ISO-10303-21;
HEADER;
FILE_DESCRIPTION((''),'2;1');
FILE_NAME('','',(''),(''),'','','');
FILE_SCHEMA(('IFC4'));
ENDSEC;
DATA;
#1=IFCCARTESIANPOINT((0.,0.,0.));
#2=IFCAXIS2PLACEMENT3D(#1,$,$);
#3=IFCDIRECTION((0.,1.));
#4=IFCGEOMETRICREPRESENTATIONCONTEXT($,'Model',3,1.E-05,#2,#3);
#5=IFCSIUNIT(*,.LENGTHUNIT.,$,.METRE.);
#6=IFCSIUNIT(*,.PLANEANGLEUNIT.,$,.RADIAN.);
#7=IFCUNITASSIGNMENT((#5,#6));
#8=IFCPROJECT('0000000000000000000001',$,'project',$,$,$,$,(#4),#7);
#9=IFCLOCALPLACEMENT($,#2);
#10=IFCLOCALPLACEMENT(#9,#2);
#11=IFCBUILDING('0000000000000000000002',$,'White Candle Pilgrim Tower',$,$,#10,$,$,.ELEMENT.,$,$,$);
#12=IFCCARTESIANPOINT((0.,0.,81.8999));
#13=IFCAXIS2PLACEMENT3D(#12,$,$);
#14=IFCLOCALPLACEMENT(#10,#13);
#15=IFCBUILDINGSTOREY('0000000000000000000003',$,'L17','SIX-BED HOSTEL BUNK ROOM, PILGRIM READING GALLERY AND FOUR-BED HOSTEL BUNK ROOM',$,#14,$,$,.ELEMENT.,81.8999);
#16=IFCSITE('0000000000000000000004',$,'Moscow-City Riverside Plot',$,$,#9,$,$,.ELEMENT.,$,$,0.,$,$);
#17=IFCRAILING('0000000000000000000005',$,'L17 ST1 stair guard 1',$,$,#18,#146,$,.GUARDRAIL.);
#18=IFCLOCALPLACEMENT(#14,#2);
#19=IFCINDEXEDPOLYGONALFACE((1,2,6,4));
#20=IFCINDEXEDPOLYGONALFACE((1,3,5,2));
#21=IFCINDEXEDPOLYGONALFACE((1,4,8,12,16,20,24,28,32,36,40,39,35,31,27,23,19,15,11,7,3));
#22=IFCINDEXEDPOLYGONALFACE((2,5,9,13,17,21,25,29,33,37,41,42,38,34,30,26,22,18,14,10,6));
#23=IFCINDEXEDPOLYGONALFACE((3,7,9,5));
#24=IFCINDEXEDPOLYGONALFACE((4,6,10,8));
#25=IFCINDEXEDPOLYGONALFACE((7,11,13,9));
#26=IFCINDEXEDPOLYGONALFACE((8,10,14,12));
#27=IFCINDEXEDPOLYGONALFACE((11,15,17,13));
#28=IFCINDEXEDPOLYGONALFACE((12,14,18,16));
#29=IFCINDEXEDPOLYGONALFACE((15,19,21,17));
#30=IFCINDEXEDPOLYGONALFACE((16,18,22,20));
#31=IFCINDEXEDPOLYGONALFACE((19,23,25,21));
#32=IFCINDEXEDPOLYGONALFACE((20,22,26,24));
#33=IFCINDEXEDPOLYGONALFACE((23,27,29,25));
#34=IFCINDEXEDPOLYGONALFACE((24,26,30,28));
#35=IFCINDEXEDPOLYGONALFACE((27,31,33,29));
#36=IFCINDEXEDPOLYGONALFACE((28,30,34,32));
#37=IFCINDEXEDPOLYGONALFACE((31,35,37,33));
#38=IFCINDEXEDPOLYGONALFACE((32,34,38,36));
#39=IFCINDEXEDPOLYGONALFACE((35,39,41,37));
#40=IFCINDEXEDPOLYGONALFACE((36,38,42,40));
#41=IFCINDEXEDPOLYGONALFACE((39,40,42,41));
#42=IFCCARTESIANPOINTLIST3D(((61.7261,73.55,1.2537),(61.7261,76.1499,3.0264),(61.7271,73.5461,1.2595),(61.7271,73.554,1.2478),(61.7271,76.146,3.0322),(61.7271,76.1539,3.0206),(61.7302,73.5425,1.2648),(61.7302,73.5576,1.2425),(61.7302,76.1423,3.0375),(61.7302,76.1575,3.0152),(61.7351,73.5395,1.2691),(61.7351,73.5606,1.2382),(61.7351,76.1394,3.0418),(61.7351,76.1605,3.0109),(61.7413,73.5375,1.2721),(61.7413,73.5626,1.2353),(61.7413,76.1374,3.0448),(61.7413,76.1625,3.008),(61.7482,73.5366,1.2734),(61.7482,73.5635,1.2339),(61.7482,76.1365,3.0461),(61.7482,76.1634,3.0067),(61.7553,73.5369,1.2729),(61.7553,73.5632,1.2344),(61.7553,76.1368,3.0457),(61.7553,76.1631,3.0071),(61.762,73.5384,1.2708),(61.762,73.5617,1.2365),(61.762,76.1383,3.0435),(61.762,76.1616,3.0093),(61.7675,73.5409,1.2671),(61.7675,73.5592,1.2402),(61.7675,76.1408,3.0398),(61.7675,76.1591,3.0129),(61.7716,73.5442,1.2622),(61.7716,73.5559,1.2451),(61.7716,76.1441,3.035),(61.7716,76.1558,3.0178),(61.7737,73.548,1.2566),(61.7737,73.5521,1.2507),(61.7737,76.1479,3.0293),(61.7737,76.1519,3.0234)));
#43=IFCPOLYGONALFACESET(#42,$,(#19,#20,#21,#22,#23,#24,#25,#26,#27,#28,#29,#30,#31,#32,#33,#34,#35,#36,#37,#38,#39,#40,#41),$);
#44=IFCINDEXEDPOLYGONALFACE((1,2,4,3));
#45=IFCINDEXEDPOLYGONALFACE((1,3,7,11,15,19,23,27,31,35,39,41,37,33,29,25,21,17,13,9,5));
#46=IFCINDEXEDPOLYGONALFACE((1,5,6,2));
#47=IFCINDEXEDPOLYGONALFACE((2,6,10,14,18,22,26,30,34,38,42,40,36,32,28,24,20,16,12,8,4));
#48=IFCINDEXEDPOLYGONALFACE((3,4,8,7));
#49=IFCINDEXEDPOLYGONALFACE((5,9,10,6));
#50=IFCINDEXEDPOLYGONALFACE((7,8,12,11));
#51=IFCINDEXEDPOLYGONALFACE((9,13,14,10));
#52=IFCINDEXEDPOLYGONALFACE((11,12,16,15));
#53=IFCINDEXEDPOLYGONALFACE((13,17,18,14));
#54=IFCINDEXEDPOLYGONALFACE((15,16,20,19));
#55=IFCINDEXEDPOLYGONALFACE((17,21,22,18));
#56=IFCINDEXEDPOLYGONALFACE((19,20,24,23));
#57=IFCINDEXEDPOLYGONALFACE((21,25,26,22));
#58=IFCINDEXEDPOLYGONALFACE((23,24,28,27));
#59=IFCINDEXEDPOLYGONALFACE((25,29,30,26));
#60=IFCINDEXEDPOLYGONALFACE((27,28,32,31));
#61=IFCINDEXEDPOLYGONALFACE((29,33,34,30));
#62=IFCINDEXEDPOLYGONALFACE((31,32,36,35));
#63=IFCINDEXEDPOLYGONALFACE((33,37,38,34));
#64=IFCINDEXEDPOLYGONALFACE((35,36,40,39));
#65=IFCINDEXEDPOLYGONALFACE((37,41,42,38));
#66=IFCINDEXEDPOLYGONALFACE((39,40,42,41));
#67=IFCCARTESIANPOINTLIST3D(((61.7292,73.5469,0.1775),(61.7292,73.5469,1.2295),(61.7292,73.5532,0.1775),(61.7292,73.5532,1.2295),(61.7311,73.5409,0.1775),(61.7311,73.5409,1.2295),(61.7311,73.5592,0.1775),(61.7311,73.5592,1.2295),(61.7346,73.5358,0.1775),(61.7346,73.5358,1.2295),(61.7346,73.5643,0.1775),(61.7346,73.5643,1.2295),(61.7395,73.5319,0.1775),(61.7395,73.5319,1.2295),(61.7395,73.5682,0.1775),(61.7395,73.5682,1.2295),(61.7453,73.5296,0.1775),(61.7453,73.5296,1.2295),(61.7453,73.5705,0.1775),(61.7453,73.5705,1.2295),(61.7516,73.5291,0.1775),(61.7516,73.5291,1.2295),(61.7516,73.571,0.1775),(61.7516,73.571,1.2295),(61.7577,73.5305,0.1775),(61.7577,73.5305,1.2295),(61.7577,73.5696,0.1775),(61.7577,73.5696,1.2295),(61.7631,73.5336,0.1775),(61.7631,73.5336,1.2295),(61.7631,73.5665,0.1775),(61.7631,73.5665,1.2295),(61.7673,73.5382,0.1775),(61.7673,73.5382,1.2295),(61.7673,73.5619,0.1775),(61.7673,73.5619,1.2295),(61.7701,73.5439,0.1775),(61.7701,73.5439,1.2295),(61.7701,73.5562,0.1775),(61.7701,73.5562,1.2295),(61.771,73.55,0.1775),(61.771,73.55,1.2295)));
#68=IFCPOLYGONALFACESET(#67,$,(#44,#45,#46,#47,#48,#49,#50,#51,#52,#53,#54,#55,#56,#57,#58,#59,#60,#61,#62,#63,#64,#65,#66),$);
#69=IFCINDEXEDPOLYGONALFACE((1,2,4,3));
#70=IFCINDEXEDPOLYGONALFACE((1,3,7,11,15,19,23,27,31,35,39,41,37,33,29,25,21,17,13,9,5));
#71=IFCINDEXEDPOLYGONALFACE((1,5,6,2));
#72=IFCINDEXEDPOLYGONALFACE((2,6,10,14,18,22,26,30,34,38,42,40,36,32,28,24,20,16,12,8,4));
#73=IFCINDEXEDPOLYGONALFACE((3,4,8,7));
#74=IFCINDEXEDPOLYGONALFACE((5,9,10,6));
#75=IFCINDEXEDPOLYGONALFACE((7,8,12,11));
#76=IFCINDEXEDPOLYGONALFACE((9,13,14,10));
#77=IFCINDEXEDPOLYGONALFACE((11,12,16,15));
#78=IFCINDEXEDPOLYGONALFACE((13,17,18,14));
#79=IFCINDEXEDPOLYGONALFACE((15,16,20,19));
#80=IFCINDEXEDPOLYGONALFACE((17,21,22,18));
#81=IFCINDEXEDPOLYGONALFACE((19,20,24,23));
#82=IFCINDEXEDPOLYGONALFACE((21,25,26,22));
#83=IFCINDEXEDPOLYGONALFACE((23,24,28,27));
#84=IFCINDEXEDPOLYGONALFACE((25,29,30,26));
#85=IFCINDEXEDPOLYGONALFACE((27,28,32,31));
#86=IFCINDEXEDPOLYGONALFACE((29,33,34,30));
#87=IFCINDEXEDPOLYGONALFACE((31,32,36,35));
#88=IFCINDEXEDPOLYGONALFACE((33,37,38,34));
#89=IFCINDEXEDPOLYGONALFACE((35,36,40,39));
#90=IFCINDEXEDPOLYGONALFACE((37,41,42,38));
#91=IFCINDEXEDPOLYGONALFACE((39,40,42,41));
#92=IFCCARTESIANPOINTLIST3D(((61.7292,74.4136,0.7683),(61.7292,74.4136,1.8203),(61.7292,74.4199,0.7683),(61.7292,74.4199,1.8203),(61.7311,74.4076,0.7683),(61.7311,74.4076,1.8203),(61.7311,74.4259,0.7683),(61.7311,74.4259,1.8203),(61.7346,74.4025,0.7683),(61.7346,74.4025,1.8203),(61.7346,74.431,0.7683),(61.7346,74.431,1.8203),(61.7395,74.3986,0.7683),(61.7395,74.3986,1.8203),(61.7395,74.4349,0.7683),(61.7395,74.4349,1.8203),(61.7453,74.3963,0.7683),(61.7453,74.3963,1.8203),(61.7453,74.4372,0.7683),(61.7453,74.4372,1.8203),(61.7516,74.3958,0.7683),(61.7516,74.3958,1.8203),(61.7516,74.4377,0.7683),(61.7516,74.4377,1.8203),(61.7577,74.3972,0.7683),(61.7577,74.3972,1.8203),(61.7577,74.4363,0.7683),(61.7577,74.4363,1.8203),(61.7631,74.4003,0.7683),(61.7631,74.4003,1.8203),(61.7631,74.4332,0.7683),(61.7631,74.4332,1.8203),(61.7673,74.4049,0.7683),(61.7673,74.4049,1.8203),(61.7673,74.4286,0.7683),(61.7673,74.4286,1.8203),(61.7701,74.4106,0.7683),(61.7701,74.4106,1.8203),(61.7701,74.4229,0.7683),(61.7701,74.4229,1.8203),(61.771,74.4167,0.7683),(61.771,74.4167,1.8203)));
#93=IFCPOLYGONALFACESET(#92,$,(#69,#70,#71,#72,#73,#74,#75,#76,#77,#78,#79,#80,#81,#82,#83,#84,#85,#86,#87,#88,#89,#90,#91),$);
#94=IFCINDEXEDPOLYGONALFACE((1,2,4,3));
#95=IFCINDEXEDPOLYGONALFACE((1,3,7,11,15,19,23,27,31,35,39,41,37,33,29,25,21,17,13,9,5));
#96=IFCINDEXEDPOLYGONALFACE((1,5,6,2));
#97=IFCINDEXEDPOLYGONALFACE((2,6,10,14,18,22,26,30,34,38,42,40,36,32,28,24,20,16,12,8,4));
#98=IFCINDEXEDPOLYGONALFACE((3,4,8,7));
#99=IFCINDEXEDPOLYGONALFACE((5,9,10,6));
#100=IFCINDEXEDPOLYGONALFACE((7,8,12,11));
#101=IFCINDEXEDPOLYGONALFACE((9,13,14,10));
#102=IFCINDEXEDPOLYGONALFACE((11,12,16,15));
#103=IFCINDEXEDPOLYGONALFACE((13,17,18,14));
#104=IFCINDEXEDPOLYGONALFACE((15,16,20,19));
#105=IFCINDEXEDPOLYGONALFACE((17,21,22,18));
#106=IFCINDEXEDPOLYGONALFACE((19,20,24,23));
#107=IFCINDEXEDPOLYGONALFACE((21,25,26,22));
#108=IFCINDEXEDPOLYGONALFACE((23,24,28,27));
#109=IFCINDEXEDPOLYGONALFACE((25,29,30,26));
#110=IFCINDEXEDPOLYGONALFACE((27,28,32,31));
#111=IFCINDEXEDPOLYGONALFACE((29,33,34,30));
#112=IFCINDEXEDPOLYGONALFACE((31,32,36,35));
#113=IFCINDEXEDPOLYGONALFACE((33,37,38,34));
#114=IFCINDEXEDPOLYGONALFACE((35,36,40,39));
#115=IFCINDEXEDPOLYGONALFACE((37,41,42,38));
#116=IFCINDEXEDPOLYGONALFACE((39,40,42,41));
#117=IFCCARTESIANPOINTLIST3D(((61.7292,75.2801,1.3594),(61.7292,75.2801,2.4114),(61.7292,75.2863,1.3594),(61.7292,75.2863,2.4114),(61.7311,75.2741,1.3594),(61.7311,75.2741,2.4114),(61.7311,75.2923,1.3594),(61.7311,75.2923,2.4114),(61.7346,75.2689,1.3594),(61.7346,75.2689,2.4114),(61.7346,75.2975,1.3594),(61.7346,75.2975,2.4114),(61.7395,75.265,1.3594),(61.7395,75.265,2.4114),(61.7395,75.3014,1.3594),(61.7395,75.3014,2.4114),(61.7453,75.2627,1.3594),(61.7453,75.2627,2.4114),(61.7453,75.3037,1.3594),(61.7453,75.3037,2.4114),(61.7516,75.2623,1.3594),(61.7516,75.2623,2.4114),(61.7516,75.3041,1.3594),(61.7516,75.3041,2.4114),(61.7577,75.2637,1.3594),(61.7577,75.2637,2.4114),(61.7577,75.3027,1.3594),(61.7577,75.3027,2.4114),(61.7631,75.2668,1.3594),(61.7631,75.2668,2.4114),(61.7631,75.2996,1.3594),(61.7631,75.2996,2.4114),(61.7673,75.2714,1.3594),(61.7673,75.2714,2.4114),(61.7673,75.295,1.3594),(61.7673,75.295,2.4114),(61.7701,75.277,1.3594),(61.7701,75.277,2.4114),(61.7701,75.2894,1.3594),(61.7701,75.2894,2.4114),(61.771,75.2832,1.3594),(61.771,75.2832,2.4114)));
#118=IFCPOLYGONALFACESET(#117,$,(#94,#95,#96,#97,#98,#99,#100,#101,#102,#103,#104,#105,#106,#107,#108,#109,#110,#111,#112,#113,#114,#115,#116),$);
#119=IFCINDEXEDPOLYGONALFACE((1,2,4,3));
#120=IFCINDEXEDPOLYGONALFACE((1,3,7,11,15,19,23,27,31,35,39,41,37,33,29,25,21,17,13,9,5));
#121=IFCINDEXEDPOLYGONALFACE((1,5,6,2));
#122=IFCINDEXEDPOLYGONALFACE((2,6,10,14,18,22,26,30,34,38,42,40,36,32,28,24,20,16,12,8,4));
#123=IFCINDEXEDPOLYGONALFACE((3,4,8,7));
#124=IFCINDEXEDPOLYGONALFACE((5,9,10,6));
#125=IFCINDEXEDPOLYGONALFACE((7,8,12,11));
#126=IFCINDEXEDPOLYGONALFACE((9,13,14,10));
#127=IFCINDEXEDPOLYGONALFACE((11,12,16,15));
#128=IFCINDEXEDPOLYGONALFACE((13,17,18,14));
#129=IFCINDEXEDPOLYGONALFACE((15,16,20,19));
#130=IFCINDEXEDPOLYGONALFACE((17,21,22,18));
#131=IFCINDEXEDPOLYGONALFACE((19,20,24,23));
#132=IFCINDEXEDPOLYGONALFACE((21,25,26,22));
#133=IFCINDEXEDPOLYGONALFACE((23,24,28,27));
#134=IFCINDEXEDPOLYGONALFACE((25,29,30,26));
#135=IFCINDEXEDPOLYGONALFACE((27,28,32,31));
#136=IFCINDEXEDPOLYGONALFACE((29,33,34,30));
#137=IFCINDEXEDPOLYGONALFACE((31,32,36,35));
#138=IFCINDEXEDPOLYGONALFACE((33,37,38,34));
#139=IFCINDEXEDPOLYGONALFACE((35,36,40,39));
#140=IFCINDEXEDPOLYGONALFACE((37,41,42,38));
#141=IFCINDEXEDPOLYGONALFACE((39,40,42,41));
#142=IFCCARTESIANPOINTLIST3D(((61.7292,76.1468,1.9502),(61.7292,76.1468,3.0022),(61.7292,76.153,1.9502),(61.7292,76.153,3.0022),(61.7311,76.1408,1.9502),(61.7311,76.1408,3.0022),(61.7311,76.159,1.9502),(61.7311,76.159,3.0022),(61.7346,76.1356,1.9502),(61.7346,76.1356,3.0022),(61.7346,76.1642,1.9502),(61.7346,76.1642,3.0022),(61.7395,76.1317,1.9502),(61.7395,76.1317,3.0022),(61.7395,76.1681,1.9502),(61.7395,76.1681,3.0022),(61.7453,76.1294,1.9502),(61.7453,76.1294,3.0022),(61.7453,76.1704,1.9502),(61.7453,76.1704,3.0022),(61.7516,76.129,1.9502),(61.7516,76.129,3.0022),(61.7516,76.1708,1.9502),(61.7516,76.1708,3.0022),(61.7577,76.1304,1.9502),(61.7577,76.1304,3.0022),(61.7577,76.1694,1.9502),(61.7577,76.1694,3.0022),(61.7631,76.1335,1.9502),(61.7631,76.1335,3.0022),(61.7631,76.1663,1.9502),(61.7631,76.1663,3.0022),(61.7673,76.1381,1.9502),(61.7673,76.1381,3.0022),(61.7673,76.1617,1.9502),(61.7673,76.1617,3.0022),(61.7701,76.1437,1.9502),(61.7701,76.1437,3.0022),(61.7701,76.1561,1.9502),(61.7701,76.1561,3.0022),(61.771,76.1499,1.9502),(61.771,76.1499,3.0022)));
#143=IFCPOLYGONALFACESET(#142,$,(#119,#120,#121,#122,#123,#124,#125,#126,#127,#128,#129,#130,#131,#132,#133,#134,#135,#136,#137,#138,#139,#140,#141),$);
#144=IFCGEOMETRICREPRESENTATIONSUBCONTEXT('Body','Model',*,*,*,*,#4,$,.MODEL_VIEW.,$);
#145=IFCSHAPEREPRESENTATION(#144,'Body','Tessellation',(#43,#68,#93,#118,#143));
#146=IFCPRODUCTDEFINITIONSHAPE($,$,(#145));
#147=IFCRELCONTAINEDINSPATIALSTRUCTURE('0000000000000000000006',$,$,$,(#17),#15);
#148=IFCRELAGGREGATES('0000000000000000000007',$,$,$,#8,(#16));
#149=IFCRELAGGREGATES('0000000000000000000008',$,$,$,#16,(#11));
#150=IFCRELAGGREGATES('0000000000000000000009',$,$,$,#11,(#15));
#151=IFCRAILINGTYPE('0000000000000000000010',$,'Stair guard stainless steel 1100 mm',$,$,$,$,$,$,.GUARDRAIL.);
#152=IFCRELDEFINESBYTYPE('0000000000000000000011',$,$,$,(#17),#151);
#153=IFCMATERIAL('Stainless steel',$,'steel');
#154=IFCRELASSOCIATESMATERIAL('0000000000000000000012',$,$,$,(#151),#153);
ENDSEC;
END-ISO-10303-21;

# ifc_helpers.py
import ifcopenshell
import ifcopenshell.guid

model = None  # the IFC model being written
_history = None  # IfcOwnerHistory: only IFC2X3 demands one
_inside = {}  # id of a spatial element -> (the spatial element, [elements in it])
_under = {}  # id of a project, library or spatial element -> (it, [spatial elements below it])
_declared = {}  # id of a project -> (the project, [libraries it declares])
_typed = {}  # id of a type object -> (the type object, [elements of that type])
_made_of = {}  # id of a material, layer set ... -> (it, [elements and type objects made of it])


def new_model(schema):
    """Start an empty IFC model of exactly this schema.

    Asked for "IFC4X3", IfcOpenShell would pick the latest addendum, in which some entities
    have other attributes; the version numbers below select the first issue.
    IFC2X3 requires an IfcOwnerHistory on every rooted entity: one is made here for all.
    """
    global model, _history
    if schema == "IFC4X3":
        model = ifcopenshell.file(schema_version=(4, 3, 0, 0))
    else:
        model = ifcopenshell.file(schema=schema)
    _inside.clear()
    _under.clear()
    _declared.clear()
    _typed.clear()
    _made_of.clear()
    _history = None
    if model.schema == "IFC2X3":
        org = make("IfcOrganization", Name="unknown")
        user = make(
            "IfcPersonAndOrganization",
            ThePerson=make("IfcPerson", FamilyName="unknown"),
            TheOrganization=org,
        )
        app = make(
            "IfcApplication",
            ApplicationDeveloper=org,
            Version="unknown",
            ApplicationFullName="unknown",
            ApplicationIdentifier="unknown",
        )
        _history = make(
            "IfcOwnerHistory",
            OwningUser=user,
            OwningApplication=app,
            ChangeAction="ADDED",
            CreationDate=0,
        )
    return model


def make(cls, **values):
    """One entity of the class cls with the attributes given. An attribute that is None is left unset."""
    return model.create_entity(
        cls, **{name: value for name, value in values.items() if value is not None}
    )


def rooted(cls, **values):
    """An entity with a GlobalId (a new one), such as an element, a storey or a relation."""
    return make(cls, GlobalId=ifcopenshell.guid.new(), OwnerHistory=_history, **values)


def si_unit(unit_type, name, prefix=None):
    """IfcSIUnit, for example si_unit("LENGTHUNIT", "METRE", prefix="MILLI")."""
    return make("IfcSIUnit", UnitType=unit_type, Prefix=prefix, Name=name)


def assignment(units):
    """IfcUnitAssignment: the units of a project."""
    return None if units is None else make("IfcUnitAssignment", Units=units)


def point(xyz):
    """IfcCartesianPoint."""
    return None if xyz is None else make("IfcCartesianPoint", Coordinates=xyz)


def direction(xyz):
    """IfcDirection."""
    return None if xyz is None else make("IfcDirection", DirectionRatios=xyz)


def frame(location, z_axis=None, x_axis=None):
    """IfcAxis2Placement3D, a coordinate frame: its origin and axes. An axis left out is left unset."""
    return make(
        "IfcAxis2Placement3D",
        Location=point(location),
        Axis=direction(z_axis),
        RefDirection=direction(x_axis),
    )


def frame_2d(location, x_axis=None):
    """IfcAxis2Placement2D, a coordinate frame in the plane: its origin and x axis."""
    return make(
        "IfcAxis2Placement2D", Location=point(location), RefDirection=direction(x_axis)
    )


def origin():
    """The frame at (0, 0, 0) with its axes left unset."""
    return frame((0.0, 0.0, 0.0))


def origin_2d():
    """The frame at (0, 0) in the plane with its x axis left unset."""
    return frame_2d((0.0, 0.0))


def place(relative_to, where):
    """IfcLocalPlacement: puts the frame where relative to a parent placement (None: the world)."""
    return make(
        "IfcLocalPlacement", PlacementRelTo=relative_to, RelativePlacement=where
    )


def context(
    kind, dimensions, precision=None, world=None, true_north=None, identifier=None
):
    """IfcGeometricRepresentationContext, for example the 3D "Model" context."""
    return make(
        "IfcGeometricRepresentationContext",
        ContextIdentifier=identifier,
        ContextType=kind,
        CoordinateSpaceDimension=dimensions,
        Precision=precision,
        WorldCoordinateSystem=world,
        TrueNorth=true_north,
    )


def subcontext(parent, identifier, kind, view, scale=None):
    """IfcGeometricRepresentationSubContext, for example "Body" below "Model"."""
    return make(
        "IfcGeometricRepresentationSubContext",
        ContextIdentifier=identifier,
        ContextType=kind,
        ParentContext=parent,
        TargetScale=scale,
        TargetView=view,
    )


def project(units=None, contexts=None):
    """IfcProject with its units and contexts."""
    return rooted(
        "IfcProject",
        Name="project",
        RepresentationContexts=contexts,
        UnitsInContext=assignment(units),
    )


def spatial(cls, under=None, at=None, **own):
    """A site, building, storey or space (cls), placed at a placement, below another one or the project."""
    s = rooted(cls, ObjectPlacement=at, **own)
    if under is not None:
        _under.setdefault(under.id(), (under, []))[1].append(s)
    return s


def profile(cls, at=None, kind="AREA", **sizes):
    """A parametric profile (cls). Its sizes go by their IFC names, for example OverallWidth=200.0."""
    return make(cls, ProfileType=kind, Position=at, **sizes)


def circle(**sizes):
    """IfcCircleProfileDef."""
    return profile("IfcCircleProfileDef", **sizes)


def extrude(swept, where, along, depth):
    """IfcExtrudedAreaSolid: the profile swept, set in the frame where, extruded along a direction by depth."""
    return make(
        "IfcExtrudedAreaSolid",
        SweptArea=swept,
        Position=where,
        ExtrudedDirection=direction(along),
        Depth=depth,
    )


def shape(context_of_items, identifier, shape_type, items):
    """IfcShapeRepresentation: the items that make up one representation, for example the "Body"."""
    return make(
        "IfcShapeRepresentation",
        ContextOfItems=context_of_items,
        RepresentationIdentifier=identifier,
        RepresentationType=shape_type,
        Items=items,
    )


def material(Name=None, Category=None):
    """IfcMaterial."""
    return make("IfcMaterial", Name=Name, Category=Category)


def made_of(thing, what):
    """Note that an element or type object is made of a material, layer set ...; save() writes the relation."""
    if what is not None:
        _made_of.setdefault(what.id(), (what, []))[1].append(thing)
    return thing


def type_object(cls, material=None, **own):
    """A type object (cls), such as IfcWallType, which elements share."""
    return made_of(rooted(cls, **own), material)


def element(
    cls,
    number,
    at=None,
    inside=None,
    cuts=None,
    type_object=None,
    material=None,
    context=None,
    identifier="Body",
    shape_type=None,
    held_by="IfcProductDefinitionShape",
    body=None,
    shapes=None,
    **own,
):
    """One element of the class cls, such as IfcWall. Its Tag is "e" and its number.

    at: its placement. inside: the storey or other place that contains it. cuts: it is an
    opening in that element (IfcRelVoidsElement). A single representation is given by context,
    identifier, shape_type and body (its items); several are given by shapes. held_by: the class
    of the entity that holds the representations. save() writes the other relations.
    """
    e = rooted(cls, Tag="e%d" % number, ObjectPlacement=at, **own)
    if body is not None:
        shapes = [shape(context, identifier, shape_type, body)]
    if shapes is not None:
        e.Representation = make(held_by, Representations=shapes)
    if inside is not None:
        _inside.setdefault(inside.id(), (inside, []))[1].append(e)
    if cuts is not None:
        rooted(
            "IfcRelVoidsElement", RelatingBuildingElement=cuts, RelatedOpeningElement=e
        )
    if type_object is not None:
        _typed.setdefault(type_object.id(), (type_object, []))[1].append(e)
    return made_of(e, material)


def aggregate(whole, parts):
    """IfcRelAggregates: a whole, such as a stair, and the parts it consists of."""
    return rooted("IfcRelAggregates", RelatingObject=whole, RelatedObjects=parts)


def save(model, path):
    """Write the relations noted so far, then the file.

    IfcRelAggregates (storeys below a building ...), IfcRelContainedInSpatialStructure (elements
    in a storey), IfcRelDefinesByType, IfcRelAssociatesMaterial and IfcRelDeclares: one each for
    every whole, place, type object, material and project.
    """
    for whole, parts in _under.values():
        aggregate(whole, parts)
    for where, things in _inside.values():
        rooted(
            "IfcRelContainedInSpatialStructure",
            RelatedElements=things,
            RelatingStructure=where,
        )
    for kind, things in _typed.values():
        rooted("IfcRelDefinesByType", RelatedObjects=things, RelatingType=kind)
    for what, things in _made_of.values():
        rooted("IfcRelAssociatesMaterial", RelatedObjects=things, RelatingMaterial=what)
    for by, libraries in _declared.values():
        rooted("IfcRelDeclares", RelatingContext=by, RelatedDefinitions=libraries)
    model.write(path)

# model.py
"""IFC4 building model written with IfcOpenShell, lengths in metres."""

from ifc_helpers import new_model, si_unit, direction, frame, origin, origin_2d, place, context, subcontext, project, spatial, circle, extrude, material, type_object, element, save


model = new_model("IFC4")

# Units and contexts
model_context = context("Model", 3, precision=1e-05, world=origin(), true_north=direction((0.0, 1.0)))
body_context = subcontext(model_context, "Body", "Model", "MODEL_VIEW")
ifc_project = project(units=[si_unit("LENGTHUNIT", "METRE"), si_unit("PLANEANGLEUNIT", "RADIAN")], contexts=[model_context])

# Site, building, storey
site_placement = place(None, origin())
site = spatial("IfcSite", under=ifc_project, at=site_placement, Name="Moscow-City Riverside Plot", CompositionType="ELEMENT", RefElevation=0.0)
building_placement = place(site_placement, origin())
building = spatial("IfcBuilding", under=site, at=building_placement, Name="White Candle Pilgrim Tower", CompositionType="ELEMENT")
storey_placement = place(building_placement, frame((0.0, 0.0, 81.8999)))
storey = spatial("IfcBuildingStorey", under=building, at=storey_placement, Name="L17", Description="SIX-BED HOSTEL BUNK ROOM, PILGRIM READING GALLERY AND FOUR-BED HOSTEL BUNK ROOM", CompositionType="ELEMENT", Elevation=81.8999)

# Shared definitions
ifc_material_1 = material(Name="Stainless steel", Category="steel")

# Railing
railing_type = type_object("IfcRailingType", Name="Stair guard stainless steel 1100 mm", PredefinedType="GUARDRAIL", material=ifc_material_1)
railing_1_placement = place(storey_placement, frame((61.75, 73.55, 0.1775)))
element("IfcRailing", 1, at=railing_1_placement, inside=storey, type_object=railing_type, Name="L17 ST1 stair guard 1", PredefinedType="GUARDRAIL", context=body_context, shape_type="SweptSolid", body=[
    extrude(circle(Radius=0.0239, at=origin_2d()), frame((0.0, 0.0, 1.0762), z_axis=(0.0, 0.826216, 0.563354), x_axis=(-1.0, 0.0, 0.0)), (0.0, 0.0, 1.0), 3.1467),
    extrude(circle(Radius=0.021, at=origin_2d()), origin(), (0.0, 0.0, 1.0), 1.052),
    extrude(circle(Radius=0.021, at=origin_2d()), frame((0.0, 0.8667, 0.5908)), (0.0, 0.0, 1.0), 1.052),
    extrude(circle(Radius=0.021, at=origin_2d()), frame((0.0, 1.7332, 1.1819)), (0.0, 0.0, 1.0), 1.052),
    extrude(circle(Radius=0.021, at=origin_2d()), frame((0.0, 2.5999, 1.7727)), (0.0, 0.0, 1.0), 1.052),
])

save(model, "model.ifc")
